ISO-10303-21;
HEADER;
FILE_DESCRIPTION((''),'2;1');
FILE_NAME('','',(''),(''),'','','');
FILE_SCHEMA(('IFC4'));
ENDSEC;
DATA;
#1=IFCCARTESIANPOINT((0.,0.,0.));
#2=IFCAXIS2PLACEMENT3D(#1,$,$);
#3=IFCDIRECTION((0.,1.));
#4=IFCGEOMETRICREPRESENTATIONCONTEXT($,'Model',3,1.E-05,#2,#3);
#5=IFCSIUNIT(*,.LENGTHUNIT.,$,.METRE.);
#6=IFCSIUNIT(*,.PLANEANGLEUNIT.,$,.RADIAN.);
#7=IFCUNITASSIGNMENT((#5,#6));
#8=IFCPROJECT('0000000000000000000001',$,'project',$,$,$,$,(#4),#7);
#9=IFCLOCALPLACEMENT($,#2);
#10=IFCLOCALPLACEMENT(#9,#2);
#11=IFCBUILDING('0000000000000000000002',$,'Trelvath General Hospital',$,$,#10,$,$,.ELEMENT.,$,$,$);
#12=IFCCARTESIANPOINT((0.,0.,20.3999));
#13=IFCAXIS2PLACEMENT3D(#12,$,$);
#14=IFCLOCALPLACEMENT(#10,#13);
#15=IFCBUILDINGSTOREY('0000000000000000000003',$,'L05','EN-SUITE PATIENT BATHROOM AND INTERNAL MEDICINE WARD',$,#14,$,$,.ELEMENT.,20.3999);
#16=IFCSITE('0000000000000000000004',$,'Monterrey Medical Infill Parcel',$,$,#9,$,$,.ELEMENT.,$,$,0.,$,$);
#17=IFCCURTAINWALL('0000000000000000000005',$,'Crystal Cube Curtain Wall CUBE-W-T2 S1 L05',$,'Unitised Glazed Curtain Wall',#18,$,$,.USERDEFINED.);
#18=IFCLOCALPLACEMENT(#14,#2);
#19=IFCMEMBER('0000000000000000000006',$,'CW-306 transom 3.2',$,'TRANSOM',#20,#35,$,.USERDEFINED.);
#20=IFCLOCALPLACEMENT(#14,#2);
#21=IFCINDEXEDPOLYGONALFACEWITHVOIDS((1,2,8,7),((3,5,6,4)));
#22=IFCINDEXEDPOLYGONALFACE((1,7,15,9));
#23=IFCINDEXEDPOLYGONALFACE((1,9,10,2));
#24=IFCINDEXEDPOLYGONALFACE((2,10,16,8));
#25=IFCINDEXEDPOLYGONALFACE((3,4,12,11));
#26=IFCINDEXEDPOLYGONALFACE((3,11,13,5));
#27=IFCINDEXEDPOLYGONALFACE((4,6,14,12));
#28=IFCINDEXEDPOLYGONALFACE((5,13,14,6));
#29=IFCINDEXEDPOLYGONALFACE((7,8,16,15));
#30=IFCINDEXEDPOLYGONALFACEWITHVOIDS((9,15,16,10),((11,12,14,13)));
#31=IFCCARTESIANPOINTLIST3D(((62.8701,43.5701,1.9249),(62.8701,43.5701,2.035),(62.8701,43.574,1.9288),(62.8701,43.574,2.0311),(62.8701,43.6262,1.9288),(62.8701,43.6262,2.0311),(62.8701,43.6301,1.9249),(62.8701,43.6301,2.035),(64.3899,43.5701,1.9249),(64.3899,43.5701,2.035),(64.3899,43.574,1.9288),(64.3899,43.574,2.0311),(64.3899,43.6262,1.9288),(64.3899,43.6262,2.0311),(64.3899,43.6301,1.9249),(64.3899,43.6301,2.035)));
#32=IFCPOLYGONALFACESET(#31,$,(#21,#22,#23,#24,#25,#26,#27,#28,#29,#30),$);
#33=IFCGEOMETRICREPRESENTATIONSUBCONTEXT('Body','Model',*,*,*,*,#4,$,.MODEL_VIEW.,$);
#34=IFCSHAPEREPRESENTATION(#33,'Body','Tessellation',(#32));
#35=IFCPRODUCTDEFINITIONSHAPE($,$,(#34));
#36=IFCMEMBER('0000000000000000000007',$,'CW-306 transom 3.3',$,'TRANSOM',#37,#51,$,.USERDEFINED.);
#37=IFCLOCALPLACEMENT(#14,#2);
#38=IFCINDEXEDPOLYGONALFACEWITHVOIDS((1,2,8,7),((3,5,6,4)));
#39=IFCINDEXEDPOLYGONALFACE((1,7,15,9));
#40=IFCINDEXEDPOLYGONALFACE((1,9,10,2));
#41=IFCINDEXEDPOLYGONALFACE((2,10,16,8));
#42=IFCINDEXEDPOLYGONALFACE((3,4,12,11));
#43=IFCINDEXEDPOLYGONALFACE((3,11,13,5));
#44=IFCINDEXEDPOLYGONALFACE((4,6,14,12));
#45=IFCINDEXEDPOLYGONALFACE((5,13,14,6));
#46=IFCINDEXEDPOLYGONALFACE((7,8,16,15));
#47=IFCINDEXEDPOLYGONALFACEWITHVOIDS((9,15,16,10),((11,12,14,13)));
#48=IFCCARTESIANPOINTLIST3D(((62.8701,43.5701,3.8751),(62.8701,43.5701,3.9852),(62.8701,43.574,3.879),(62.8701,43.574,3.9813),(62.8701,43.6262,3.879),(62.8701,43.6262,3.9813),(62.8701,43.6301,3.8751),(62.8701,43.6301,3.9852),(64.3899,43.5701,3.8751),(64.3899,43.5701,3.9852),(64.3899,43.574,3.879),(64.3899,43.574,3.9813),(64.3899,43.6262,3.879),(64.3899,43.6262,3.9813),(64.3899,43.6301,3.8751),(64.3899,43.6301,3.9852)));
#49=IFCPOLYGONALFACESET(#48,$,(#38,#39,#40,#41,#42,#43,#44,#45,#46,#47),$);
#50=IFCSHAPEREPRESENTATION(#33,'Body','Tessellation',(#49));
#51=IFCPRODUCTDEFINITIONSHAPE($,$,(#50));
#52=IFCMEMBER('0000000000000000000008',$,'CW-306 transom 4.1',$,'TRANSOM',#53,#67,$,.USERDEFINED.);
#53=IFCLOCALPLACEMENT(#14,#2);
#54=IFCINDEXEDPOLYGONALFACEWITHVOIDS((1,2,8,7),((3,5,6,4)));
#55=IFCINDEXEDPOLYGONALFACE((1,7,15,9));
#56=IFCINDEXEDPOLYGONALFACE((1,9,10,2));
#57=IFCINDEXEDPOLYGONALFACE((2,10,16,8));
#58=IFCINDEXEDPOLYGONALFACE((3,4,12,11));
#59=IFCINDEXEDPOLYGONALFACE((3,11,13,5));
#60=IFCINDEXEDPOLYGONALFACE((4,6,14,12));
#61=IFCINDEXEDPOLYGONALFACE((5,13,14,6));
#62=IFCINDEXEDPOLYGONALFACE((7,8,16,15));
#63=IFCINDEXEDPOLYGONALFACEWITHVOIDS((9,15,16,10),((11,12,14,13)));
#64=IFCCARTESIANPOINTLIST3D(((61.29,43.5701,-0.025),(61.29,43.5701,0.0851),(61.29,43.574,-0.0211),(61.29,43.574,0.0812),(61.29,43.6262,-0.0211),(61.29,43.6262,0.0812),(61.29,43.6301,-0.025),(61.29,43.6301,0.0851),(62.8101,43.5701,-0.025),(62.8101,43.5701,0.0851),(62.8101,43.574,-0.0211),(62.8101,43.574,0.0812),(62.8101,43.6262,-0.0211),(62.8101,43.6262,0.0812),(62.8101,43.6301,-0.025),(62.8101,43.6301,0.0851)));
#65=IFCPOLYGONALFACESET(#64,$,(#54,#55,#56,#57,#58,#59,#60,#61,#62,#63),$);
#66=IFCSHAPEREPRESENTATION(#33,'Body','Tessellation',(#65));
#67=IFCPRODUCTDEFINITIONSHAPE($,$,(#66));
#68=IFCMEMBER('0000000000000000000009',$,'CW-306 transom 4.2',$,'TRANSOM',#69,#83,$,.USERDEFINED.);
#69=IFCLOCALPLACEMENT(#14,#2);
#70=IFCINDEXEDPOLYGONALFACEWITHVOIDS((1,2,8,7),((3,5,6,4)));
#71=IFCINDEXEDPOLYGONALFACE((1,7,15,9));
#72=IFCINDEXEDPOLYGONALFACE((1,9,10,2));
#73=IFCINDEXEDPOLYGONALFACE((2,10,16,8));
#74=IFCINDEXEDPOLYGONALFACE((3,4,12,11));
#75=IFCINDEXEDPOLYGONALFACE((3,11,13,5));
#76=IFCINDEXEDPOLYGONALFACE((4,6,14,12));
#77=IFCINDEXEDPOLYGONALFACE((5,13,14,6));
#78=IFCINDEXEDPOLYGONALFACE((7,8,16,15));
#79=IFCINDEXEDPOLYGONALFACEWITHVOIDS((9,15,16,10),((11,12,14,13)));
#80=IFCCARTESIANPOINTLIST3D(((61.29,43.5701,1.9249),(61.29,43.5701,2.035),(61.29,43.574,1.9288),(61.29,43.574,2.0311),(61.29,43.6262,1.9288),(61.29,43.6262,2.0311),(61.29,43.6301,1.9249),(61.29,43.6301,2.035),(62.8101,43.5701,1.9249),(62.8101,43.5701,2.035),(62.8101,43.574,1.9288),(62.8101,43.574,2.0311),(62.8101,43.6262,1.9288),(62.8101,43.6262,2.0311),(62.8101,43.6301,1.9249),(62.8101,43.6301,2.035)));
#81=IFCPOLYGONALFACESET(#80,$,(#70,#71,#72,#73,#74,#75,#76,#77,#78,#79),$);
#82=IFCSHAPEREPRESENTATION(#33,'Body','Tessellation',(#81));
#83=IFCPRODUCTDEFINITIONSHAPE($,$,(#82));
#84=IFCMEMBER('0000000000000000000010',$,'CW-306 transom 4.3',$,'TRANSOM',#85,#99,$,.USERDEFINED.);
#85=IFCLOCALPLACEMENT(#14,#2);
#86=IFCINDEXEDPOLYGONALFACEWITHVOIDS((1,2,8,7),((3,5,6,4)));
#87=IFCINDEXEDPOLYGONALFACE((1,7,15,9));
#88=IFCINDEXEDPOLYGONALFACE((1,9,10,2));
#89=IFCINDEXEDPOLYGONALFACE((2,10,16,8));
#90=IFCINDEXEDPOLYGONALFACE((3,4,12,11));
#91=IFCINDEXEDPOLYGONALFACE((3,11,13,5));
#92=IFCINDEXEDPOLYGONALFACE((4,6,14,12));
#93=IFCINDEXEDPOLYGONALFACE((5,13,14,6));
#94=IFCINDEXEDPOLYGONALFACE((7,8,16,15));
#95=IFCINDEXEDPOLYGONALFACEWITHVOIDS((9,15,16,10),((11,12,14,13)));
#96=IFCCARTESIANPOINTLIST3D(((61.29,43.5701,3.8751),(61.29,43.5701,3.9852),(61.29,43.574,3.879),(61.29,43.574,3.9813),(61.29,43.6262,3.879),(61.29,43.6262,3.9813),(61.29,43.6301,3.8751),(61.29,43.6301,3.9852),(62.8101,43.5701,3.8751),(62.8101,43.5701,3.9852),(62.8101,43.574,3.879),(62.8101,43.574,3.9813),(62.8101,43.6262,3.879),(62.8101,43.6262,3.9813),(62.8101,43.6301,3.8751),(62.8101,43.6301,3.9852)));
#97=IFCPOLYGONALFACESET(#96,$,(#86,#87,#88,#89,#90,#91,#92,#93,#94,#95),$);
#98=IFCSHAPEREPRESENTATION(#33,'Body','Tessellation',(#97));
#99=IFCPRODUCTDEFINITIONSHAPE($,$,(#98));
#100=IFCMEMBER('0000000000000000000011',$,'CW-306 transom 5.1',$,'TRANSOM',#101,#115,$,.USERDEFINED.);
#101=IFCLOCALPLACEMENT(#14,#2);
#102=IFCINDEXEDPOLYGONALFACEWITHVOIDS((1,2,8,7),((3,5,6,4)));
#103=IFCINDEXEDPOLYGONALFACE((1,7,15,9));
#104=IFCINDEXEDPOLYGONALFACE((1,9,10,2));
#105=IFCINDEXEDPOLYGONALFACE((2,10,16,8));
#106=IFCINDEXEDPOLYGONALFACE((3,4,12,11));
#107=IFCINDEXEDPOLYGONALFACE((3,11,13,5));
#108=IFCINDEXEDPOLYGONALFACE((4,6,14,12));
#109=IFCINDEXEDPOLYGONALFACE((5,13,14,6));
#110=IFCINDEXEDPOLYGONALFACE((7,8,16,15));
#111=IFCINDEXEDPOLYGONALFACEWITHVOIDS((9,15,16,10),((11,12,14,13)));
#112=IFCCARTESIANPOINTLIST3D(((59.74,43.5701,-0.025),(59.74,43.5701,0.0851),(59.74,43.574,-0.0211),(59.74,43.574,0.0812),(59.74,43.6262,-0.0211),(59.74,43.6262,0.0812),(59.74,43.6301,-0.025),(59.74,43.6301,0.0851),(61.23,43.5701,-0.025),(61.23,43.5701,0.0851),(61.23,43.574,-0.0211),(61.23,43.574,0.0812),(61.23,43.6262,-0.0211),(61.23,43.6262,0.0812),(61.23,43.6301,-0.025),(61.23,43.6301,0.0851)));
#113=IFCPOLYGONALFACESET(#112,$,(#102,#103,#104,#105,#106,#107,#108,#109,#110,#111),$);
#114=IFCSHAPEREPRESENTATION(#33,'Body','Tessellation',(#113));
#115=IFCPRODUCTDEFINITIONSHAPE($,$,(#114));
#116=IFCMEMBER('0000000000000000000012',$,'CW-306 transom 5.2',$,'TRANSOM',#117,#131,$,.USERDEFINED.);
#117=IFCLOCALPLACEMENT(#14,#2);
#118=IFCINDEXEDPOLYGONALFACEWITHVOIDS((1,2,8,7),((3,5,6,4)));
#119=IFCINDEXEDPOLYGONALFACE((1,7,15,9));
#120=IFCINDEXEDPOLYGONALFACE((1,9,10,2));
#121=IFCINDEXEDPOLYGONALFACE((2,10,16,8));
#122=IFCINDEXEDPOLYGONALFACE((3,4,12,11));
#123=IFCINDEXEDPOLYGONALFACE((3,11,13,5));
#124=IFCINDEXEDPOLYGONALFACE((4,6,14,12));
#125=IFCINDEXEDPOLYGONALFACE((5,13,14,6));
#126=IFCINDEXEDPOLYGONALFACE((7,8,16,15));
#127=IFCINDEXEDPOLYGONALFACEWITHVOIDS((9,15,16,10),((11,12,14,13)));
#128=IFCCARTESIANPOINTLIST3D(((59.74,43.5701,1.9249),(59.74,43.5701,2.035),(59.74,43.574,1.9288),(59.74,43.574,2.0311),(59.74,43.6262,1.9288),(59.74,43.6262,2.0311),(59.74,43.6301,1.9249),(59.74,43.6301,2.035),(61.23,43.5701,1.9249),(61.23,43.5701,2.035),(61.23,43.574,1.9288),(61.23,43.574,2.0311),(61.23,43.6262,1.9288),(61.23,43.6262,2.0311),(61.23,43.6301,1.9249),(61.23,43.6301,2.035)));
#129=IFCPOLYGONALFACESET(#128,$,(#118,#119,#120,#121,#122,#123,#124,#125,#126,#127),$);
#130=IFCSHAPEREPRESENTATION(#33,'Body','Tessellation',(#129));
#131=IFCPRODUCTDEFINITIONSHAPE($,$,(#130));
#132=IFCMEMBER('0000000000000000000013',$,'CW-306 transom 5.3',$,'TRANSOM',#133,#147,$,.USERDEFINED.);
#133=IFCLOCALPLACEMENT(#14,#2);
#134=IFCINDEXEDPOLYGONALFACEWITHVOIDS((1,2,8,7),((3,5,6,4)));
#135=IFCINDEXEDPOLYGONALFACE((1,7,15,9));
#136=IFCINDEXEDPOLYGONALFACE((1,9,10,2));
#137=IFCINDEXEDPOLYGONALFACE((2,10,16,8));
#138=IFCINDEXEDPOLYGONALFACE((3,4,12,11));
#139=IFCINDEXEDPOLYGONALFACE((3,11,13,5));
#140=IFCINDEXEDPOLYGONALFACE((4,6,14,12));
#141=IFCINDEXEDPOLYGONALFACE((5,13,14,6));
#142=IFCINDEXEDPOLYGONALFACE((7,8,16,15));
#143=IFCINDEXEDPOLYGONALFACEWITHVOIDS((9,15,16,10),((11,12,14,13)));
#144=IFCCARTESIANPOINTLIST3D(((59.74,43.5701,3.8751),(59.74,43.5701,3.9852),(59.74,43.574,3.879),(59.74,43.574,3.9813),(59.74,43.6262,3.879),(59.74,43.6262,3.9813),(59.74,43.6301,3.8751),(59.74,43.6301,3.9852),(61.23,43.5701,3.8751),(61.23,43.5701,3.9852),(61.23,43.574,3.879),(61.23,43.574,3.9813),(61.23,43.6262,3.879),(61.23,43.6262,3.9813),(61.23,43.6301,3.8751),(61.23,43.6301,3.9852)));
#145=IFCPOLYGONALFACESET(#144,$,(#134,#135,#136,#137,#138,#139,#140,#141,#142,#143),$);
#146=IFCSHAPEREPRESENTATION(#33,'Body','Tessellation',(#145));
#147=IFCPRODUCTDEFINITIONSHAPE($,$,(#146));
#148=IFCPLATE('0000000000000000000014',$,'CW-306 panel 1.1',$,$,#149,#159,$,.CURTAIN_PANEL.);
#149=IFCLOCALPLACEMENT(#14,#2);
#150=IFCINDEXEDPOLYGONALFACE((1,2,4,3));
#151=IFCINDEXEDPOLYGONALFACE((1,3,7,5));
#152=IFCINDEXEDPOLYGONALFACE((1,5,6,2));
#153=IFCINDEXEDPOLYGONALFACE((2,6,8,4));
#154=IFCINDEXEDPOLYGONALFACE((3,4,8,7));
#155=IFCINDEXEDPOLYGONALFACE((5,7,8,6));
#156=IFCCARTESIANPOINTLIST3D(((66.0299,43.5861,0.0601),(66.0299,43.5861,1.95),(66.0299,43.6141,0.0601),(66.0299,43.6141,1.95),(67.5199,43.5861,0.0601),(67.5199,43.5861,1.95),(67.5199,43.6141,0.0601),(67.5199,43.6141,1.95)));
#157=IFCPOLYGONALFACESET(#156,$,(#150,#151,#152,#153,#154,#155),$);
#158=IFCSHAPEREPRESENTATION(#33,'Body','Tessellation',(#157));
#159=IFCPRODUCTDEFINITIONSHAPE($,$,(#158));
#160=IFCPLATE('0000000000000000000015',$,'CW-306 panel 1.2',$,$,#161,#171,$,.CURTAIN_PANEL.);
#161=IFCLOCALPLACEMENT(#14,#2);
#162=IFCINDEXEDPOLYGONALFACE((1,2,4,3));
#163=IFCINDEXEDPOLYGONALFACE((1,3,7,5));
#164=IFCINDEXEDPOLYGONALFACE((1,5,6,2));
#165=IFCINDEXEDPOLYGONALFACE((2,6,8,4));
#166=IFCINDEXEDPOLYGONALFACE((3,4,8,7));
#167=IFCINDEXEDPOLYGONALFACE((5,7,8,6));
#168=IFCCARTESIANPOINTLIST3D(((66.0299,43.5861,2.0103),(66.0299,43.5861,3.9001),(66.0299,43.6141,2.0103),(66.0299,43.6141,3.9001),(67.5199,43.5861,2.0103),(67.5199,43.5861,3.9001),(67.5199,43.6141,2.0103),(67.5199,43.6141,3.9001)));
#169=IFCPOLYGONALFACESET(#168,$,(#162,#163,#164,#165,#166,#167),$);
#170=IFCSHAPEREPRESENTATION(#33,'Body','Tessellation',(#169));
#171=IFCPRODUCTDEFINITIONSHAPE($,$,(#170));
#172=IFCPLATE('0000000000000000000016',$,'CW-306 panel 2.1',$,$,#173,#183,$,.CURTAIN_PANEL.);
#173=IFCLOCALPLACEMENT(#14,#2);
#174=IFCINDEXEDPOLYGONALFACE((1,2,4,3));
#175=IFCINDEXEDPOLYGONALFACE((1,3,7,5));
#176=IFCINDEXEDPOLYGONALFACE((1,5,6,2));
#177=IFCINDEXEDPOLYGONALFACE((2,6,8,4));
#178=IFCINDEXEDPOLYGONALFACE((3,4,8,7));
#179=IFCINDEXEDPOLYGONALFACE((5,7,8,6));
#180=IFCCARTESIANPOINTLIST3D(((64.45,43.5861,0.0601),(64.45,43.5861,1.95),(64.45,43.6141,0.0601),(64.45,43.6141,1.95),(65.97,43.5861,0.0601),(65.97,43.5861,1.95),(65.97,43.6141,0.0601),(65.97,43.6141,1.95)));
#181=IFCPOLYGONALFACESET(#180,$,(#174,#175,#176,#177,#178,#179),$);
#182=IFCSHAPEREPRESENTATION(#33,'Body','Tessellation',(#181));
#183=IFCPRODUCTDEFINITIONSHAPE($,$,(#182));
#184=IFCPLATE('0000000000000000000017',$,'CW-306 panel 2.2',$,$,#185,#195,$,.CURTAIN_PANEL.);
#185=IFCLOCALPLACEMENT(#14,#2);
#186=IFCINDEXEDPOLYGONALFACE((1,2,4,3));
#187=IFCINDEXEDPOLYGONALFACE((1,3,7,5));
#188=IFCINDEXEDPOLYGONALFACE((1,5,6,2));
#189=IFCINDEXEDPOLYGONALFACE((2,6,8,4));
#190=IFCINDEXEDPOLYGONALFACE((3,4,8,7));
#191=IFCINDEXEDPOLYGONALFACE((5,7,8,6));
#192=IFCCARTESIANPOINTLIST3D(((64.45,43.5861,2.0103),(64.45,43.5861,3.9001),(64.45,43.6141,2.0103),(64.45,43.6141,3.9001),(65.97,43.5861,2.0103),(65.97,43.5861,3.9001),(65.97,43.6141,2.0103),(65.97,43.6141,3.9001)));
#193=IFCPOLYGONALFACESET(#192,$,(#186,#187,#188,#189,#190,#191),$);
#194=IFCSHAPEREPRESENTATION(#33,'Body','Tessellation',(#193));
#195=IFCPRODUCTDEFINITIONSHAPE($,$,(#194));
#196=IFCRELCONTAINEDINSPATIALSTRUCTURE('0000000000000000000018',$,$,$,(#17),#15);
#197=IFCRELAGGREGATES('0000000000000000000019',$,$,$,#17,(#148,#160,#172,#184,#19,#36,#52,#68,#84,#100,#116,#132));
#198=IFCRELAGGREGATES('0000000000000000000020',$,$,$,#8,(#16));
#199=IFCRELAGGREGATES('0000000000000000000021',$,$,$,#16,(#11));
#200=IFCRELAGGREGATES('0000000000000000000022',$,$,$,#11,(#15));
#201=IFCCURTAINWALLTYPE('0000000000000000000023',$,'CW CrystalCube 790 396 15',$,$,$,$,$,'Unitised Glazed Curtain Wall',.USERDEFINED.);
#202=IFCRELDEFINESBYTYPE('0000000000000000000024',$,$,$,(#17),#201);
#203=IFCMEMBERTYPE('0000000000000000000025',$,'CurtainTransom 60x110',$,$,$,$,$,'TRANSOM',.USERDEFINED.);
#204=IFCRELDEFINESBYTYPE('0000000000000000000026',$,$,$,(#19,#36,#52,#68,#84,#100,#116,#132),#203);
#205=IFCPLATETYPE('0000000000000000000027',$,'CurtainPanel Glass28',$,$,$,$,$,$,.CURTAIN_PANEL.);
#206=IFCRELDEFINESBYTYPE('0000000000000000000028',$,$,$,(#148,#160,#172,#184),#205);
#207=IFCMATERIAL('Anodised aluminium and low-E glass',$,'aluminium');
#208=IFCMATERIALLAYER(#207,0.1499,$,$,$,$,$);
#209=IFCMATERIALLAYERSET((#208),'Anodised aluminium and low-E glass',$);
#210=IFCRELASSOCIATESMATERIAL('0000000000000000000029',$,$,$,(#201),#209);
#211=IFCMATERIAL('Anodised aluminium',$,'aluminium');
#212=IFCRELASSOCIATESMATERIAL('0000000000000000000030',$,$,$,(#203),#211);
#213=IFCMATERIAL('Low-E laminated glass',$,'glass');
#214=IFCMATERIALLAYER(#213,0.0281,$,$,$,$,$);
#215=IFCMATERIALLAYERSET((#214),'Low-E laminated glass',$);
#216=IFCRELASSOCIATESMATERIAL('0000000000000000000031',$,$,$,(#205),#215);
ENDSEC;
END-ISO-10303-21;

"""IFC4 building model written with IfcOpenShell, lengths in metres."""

from ifc_helpers import new_model, si_unit, direction, frame, origin, origin_2d, place, context, subcontext, project, spatial, rectangle, hollow_rectangle, extrude, material, layer, layer_set, material_profile, profile_set, type_object, element, aggregate, save


model = new_model("IFC4")

# Units and contexts
model_context = context("Model", 3, precision=1e-05, world=origin(), true_north=direction((0.0, 1.0)))
body_context = subcontext(model_context, "Body", "Model", "MODEL_VIEW")
ifc_project = project(units=[si_unit("LENGTHUNIT", "METRE"), si_unit("PLANEANGLEUNIT", "RADIAN")], contexts=[model_context])

# Site, building, storey
site_placement = place(None, origin())
site = spatial("IfcSite", under=ifc_project, at=site_placement, Name="Monterrey Medical Infill Parcel", CompositionType="ELEMENT", RefElevation=0.0)
building_placement = place(site_placement, origin())
building = spatial("IfcBuilding", under=site, at=building_placement, Name="Trelvath General Hospital", CompositionType="ELEMENT")
storey_placement = place(building_placement, frame((0.0, 0.0, 20.3999)))
storey = spatial("IfcBuildingStorey", under=building, at=storey_placement, Name="L05", Description="EN-SUITE PATIENT BATHROOM AND INTERNAL MEDICINE WARD", CompositionType="ELEMENT", Elevation=20.3999)

# Curtain wall, members, plates
ifc_material_1 = material(Name="Anodised aluminium and low-E glass", Category="aluminium")
ifc_layer_1 = layer(ifc_material_1, 0.1499)
ifc_layer_set_1 = layer_set([ifc_layer_1], Name="Anodised aluminium and low-E glass")
curtain_wall_type = type_object("IfcCurtainWallType", Name="CW CrystalCube 790 396 15", ElementType="Unitised Glazed Curtain Wall", PredefinedType="USERDEFINED", material=ifc_layer_set_1)
curtain_wall_placement = place(storey_placement, origin())
curtain_wall = element("IfcCurtainWall", 1, at=curtain_wall_placement, inside=storey, type_object=curtain_wall_type, Name="Crystal Cube Curtain Wall CUBE-W-T2 S1 L05", ObjectType="Unitised Glazed Curtain Wall", PredefinedType="USERDEFINED")
ifc_material_2 = material(Name="Anodised aluminium", Category="aluminium")
ifc_material_profile_1 = material_profile(ifc_material_2, hollow_rectangle(XDim=0.0601, YDim=0.1101, WallThickness=0.0039, at=origin_2d()), Name="RHS60x110x4")
ifc_profile_set_1 = profile_set([ifc_material_profile_1], Name="Anodised aluminium")
member_type_1 = type_object("IfcMemberType", Name="CurtainTransom 60x110", ElementType="TRANSOM", PredefinedType="USERDEFINED", material=ifc_profile_set_1)
member_1_placement = place(storey_placement, frame((64.3899, 43.6001, 1.98), z_axis=(-1.0, 0.0, 0.0), x_axis=(0.0, -1.0, 0.0)))
member_1 = element("IfcMember", 2, at=member_1_placement, type_object=member_type_1, Name="CW-306 transom 3.2", ObjectType="TRANSOM", PredefinedType="USERDEFINED", context=body_context, shape_type="SweptSolid", body=[
    extrude(hollow_rectangle(XDim=0.0601, YDim=0.1101, WallThickness=0.0039, at=origin_2d()), origin(), (0.0, 0.0, 1.0), 1.5198),
])
member_2_placement = place(storey_placement, frame((64.3899, 43.6001, 3.9302), z_axis=(-1.0, 0.0, 0.0), x_axis=(0.0, -1.0, 0.0)))
member_2 = element("IfcMember", 3, at=member_2_placement, type_object=member_type_1, Name="CW-306 transom 3.3", ObjectType="TRANSOM", PredefinedType="USERDEFINED", context=body_context, shape_type="SweptSolid", body=[
    extrude(hollow_rectangle(XDim=0.0601, YDim=0.1101, WallThickness=0.0039, at=origin_2d()), origin(), (0.0, 0.0, 1.0), 1.5198),
])
member_3_placement = place(storey_placement, frame((62.8101, 43.6001, 0.03), z_axis=(-1.0, 0.0, 0.0), x_axis=(0.0, -1.0, 0.0)))
member_3 = element("IfcMember", 4, at=member_3_placement, type_object=member_type_1, Name="CW-306 transom 4.1", ObjectType="TRANSOM", PredefinedType="USERDEFINED", context=body_context, shape_type="SweptSolid", body=[
    extrude(hollow_rectangle(XDim=0.0601, YDim=0.1101, WallThickness=0.0039, at=origin_2d()), origin(), (0.0, 0.0, 1.0), 1.52),
])
member_4_placement = place(storey_placement, frame((62.8101, 43.6001, 1.98), z_axis=(-1.0, 0.0, 0.0), x_axis=(0.0, -1.0, 0.0)))
member_4 = element("IfcMember", 5, at=member_4_placement, type_object=member_type_1, Name="CW-306 transom 4.2", ObjectType="TRANSOM", PredefinedType="USERDEFINED", context=body_context, shape_type="SweptSolid", body=[
    extrude(hollow_rectangle(XDim=0.0601, YDim=0.1101, WallThickness=0.0039, at=origin_2d()), origin(), (0.0, 0.0, 1.0), 1.52),
])
member_5_placement = place(storey_placement, frame((62.8101, 43.6001, 3.9302), z_axis=(-1.0, 0.0, 0.0), x_axis=(0.0, -1.0, 0.0)))
member_5 = element("IfcMember", 6, at=member_5_placement, type_object=member_type_1, Name="CW-306 transom 4.3", ObjectType="TRANSOM", PredefinedType="USERDEFINED", context=body_context, shape_type="SweptSolid", body=[
    extrude(hollow_rectangle(XDim=0.0601, YDim=0.1101, WallThickness=0.0039, at=origin_2d()), origin(), (0.0, 0.0, 1.0), 1.52),
])
member_6_placement = place(storey_placement, frame((61.23, 43.6001, 0.03), z_axis=(-1.0, 0.0, 0.0), x_axis=(0.0, -1.0, 0.0)))
member_6 = element("IfcMember", 7, at=member_6_placement, type_object=member_type_1, Name="CW-306 transom 5.1", ObjectType="TRANSOM", PredefinedType="USERDEFINED", context=body_context, shape_type="SweptSolid", body=[
    extrude(hollow_rectangle(XDim=0.0601, YDim=0.1101, WallThickness=0.0039, at=origin_2d()), origin(), (0.0, 0.0, 1.0), 1.49),
])
member_7_placement = place(storey_placement, frame((61.23, 43.6001, 1.98), z_axis=(-1.0, 0.0, 0.0), x_axis=(0.0, -1.0, 0.0)))
member_7 = element("IfcMember", 8, at=member_7_placement, type_object=member_type_1, Name="CW-306 transom 5.2", ObjectType="TRANSOM", PredefinedType="USERDEFINED", context=body_context, shape_type="SweptSolid", body=[
    extrude(hollow_rectangle(XDim=0.0601, YDim=0.1101, WallThickness=0.0039, at=origin_2d()), origin(), (0.0, 0.0, 1.0), 1.49),
])
member_8_placement = place(storey_placement, frame((61.23, 43.6001, 3.9302), z_axis=(-1.0, 0.0, 0.0), x_axis=(0.0, -1.0, 0.0)))
member_8 = element("IfcMember", 9, at=member_8_placement, type_object=member_type_1, Name="CW-306 transom 5.3", ObjectType="TRANSOM", PredefinedType="USERDEFINED", context=body_context, shape_type="SweptSolid", body=[
    extrude(hollow_rectangle(XDim=0.0601, YDim=0.1101, WallThickness=0.0039, at=origin_2d()), origin(), (0.0, 0.0, 1.0), 1.49),
])
ifc_material_3 = material(Name="Low-E laminated glass", Category="glass")
ifc_layer_2 = layer(ifc_material_3, 0.0281)
ifc_layer_set_2 = layer_set([ifc_layer_2], Name="Low-E laminated glass")
plate_type = type_object("IfcPlateType", Name="CurtainPanel Glass28", PredefinedType="CURTAIN_PANEL", material=ifc_layer_set_2)
plate_1_placement = place(storey_placement, frame((66.7749, 43.6001, 0.0601), z_axis=(0.0, 0.0, 1.0), x_axis=(-1.0, 0.0, 0.0)))
plate_1 = element("IfcPlate", 10, at=plate_1_placement, type_object=plate_type, Name="CW-306 panel 1.1", PredefinedType="CURTAIN_PANEL", context=body_context, shape_type="SweptSolid", body=[
    extrude(rectangle(XDim=1.49, YDim=0.0281, at=origin_2d()), origin(), (0.0, 0.0, 1.0), 1.8899),
])
plate_2_placement = place(storey_placement, frame((66.7749, 43.6001, 2.0103), z_axis=(0.0, 0.0, 1.0), x_axis=(-1.0, 0.0, 0.0)))
plate_2 = element("IfcPlate", 11, at=plate_2_placement, type_object=plate_type, Name="CW-306 panel 1.2", PredefinedType="CURTAIN_PANEL", context=body_context, shape_type="SweptSolid", body=[
    extrude(rectangle(XDim=1.49, YDim=0.0281, at=origin_2d()), origin(), (0.0, 0.0, 1.0), 1.8899),
])
plate_3_placement = place(storey_placement, frame((65.21, 43.6001, 0.0601), z_axis=(0.0, 0.0, 1.0), x_axis=(-1.0, 0.0, 0.0)))
plate_3 = element("IfcPlate", 12, at=plate_3_placement, type_object=plate_type, Name="CW-306 panel 2.1", PredefinedType="CURTAIN_PANEL", context=body_context, shape_type="SweptSolid", body=[
    extrude(rectangle(XDim=1.52, YDim=0.0281, at=origin_2d()), origin(), (0.0, 0.0, 1.0), 1.8899),
])
plate_4_placement = place(storey_placement, frame((65.21, 43.6001, 2.0103), z_axis=(0.0, 0.0, 1.0), x_axis=(-1.0, 0.0, 0.0)))
plate_4 = element("IfcPlate", 13, at=plate_4_placement, type_object=plate_type, Name="CW-306 panel 2.2", PredefinedType="CURTAIN_PANEL", context=body_context, shape_type="SweptSolid", body=[
    extrude(rectangle(XDim=1.52, YDim=0.0281, at=origin_2d()), origin(), (0.0, 0.0, 1.0), 1.8899),
])
aggregate(curtain_wall, [plate_1, plate_2, plate_3, plate_4, member_1, member_2, member_3, member_4, member_5, member_6, member_7, member_8])

save(model, "model.ifc")
